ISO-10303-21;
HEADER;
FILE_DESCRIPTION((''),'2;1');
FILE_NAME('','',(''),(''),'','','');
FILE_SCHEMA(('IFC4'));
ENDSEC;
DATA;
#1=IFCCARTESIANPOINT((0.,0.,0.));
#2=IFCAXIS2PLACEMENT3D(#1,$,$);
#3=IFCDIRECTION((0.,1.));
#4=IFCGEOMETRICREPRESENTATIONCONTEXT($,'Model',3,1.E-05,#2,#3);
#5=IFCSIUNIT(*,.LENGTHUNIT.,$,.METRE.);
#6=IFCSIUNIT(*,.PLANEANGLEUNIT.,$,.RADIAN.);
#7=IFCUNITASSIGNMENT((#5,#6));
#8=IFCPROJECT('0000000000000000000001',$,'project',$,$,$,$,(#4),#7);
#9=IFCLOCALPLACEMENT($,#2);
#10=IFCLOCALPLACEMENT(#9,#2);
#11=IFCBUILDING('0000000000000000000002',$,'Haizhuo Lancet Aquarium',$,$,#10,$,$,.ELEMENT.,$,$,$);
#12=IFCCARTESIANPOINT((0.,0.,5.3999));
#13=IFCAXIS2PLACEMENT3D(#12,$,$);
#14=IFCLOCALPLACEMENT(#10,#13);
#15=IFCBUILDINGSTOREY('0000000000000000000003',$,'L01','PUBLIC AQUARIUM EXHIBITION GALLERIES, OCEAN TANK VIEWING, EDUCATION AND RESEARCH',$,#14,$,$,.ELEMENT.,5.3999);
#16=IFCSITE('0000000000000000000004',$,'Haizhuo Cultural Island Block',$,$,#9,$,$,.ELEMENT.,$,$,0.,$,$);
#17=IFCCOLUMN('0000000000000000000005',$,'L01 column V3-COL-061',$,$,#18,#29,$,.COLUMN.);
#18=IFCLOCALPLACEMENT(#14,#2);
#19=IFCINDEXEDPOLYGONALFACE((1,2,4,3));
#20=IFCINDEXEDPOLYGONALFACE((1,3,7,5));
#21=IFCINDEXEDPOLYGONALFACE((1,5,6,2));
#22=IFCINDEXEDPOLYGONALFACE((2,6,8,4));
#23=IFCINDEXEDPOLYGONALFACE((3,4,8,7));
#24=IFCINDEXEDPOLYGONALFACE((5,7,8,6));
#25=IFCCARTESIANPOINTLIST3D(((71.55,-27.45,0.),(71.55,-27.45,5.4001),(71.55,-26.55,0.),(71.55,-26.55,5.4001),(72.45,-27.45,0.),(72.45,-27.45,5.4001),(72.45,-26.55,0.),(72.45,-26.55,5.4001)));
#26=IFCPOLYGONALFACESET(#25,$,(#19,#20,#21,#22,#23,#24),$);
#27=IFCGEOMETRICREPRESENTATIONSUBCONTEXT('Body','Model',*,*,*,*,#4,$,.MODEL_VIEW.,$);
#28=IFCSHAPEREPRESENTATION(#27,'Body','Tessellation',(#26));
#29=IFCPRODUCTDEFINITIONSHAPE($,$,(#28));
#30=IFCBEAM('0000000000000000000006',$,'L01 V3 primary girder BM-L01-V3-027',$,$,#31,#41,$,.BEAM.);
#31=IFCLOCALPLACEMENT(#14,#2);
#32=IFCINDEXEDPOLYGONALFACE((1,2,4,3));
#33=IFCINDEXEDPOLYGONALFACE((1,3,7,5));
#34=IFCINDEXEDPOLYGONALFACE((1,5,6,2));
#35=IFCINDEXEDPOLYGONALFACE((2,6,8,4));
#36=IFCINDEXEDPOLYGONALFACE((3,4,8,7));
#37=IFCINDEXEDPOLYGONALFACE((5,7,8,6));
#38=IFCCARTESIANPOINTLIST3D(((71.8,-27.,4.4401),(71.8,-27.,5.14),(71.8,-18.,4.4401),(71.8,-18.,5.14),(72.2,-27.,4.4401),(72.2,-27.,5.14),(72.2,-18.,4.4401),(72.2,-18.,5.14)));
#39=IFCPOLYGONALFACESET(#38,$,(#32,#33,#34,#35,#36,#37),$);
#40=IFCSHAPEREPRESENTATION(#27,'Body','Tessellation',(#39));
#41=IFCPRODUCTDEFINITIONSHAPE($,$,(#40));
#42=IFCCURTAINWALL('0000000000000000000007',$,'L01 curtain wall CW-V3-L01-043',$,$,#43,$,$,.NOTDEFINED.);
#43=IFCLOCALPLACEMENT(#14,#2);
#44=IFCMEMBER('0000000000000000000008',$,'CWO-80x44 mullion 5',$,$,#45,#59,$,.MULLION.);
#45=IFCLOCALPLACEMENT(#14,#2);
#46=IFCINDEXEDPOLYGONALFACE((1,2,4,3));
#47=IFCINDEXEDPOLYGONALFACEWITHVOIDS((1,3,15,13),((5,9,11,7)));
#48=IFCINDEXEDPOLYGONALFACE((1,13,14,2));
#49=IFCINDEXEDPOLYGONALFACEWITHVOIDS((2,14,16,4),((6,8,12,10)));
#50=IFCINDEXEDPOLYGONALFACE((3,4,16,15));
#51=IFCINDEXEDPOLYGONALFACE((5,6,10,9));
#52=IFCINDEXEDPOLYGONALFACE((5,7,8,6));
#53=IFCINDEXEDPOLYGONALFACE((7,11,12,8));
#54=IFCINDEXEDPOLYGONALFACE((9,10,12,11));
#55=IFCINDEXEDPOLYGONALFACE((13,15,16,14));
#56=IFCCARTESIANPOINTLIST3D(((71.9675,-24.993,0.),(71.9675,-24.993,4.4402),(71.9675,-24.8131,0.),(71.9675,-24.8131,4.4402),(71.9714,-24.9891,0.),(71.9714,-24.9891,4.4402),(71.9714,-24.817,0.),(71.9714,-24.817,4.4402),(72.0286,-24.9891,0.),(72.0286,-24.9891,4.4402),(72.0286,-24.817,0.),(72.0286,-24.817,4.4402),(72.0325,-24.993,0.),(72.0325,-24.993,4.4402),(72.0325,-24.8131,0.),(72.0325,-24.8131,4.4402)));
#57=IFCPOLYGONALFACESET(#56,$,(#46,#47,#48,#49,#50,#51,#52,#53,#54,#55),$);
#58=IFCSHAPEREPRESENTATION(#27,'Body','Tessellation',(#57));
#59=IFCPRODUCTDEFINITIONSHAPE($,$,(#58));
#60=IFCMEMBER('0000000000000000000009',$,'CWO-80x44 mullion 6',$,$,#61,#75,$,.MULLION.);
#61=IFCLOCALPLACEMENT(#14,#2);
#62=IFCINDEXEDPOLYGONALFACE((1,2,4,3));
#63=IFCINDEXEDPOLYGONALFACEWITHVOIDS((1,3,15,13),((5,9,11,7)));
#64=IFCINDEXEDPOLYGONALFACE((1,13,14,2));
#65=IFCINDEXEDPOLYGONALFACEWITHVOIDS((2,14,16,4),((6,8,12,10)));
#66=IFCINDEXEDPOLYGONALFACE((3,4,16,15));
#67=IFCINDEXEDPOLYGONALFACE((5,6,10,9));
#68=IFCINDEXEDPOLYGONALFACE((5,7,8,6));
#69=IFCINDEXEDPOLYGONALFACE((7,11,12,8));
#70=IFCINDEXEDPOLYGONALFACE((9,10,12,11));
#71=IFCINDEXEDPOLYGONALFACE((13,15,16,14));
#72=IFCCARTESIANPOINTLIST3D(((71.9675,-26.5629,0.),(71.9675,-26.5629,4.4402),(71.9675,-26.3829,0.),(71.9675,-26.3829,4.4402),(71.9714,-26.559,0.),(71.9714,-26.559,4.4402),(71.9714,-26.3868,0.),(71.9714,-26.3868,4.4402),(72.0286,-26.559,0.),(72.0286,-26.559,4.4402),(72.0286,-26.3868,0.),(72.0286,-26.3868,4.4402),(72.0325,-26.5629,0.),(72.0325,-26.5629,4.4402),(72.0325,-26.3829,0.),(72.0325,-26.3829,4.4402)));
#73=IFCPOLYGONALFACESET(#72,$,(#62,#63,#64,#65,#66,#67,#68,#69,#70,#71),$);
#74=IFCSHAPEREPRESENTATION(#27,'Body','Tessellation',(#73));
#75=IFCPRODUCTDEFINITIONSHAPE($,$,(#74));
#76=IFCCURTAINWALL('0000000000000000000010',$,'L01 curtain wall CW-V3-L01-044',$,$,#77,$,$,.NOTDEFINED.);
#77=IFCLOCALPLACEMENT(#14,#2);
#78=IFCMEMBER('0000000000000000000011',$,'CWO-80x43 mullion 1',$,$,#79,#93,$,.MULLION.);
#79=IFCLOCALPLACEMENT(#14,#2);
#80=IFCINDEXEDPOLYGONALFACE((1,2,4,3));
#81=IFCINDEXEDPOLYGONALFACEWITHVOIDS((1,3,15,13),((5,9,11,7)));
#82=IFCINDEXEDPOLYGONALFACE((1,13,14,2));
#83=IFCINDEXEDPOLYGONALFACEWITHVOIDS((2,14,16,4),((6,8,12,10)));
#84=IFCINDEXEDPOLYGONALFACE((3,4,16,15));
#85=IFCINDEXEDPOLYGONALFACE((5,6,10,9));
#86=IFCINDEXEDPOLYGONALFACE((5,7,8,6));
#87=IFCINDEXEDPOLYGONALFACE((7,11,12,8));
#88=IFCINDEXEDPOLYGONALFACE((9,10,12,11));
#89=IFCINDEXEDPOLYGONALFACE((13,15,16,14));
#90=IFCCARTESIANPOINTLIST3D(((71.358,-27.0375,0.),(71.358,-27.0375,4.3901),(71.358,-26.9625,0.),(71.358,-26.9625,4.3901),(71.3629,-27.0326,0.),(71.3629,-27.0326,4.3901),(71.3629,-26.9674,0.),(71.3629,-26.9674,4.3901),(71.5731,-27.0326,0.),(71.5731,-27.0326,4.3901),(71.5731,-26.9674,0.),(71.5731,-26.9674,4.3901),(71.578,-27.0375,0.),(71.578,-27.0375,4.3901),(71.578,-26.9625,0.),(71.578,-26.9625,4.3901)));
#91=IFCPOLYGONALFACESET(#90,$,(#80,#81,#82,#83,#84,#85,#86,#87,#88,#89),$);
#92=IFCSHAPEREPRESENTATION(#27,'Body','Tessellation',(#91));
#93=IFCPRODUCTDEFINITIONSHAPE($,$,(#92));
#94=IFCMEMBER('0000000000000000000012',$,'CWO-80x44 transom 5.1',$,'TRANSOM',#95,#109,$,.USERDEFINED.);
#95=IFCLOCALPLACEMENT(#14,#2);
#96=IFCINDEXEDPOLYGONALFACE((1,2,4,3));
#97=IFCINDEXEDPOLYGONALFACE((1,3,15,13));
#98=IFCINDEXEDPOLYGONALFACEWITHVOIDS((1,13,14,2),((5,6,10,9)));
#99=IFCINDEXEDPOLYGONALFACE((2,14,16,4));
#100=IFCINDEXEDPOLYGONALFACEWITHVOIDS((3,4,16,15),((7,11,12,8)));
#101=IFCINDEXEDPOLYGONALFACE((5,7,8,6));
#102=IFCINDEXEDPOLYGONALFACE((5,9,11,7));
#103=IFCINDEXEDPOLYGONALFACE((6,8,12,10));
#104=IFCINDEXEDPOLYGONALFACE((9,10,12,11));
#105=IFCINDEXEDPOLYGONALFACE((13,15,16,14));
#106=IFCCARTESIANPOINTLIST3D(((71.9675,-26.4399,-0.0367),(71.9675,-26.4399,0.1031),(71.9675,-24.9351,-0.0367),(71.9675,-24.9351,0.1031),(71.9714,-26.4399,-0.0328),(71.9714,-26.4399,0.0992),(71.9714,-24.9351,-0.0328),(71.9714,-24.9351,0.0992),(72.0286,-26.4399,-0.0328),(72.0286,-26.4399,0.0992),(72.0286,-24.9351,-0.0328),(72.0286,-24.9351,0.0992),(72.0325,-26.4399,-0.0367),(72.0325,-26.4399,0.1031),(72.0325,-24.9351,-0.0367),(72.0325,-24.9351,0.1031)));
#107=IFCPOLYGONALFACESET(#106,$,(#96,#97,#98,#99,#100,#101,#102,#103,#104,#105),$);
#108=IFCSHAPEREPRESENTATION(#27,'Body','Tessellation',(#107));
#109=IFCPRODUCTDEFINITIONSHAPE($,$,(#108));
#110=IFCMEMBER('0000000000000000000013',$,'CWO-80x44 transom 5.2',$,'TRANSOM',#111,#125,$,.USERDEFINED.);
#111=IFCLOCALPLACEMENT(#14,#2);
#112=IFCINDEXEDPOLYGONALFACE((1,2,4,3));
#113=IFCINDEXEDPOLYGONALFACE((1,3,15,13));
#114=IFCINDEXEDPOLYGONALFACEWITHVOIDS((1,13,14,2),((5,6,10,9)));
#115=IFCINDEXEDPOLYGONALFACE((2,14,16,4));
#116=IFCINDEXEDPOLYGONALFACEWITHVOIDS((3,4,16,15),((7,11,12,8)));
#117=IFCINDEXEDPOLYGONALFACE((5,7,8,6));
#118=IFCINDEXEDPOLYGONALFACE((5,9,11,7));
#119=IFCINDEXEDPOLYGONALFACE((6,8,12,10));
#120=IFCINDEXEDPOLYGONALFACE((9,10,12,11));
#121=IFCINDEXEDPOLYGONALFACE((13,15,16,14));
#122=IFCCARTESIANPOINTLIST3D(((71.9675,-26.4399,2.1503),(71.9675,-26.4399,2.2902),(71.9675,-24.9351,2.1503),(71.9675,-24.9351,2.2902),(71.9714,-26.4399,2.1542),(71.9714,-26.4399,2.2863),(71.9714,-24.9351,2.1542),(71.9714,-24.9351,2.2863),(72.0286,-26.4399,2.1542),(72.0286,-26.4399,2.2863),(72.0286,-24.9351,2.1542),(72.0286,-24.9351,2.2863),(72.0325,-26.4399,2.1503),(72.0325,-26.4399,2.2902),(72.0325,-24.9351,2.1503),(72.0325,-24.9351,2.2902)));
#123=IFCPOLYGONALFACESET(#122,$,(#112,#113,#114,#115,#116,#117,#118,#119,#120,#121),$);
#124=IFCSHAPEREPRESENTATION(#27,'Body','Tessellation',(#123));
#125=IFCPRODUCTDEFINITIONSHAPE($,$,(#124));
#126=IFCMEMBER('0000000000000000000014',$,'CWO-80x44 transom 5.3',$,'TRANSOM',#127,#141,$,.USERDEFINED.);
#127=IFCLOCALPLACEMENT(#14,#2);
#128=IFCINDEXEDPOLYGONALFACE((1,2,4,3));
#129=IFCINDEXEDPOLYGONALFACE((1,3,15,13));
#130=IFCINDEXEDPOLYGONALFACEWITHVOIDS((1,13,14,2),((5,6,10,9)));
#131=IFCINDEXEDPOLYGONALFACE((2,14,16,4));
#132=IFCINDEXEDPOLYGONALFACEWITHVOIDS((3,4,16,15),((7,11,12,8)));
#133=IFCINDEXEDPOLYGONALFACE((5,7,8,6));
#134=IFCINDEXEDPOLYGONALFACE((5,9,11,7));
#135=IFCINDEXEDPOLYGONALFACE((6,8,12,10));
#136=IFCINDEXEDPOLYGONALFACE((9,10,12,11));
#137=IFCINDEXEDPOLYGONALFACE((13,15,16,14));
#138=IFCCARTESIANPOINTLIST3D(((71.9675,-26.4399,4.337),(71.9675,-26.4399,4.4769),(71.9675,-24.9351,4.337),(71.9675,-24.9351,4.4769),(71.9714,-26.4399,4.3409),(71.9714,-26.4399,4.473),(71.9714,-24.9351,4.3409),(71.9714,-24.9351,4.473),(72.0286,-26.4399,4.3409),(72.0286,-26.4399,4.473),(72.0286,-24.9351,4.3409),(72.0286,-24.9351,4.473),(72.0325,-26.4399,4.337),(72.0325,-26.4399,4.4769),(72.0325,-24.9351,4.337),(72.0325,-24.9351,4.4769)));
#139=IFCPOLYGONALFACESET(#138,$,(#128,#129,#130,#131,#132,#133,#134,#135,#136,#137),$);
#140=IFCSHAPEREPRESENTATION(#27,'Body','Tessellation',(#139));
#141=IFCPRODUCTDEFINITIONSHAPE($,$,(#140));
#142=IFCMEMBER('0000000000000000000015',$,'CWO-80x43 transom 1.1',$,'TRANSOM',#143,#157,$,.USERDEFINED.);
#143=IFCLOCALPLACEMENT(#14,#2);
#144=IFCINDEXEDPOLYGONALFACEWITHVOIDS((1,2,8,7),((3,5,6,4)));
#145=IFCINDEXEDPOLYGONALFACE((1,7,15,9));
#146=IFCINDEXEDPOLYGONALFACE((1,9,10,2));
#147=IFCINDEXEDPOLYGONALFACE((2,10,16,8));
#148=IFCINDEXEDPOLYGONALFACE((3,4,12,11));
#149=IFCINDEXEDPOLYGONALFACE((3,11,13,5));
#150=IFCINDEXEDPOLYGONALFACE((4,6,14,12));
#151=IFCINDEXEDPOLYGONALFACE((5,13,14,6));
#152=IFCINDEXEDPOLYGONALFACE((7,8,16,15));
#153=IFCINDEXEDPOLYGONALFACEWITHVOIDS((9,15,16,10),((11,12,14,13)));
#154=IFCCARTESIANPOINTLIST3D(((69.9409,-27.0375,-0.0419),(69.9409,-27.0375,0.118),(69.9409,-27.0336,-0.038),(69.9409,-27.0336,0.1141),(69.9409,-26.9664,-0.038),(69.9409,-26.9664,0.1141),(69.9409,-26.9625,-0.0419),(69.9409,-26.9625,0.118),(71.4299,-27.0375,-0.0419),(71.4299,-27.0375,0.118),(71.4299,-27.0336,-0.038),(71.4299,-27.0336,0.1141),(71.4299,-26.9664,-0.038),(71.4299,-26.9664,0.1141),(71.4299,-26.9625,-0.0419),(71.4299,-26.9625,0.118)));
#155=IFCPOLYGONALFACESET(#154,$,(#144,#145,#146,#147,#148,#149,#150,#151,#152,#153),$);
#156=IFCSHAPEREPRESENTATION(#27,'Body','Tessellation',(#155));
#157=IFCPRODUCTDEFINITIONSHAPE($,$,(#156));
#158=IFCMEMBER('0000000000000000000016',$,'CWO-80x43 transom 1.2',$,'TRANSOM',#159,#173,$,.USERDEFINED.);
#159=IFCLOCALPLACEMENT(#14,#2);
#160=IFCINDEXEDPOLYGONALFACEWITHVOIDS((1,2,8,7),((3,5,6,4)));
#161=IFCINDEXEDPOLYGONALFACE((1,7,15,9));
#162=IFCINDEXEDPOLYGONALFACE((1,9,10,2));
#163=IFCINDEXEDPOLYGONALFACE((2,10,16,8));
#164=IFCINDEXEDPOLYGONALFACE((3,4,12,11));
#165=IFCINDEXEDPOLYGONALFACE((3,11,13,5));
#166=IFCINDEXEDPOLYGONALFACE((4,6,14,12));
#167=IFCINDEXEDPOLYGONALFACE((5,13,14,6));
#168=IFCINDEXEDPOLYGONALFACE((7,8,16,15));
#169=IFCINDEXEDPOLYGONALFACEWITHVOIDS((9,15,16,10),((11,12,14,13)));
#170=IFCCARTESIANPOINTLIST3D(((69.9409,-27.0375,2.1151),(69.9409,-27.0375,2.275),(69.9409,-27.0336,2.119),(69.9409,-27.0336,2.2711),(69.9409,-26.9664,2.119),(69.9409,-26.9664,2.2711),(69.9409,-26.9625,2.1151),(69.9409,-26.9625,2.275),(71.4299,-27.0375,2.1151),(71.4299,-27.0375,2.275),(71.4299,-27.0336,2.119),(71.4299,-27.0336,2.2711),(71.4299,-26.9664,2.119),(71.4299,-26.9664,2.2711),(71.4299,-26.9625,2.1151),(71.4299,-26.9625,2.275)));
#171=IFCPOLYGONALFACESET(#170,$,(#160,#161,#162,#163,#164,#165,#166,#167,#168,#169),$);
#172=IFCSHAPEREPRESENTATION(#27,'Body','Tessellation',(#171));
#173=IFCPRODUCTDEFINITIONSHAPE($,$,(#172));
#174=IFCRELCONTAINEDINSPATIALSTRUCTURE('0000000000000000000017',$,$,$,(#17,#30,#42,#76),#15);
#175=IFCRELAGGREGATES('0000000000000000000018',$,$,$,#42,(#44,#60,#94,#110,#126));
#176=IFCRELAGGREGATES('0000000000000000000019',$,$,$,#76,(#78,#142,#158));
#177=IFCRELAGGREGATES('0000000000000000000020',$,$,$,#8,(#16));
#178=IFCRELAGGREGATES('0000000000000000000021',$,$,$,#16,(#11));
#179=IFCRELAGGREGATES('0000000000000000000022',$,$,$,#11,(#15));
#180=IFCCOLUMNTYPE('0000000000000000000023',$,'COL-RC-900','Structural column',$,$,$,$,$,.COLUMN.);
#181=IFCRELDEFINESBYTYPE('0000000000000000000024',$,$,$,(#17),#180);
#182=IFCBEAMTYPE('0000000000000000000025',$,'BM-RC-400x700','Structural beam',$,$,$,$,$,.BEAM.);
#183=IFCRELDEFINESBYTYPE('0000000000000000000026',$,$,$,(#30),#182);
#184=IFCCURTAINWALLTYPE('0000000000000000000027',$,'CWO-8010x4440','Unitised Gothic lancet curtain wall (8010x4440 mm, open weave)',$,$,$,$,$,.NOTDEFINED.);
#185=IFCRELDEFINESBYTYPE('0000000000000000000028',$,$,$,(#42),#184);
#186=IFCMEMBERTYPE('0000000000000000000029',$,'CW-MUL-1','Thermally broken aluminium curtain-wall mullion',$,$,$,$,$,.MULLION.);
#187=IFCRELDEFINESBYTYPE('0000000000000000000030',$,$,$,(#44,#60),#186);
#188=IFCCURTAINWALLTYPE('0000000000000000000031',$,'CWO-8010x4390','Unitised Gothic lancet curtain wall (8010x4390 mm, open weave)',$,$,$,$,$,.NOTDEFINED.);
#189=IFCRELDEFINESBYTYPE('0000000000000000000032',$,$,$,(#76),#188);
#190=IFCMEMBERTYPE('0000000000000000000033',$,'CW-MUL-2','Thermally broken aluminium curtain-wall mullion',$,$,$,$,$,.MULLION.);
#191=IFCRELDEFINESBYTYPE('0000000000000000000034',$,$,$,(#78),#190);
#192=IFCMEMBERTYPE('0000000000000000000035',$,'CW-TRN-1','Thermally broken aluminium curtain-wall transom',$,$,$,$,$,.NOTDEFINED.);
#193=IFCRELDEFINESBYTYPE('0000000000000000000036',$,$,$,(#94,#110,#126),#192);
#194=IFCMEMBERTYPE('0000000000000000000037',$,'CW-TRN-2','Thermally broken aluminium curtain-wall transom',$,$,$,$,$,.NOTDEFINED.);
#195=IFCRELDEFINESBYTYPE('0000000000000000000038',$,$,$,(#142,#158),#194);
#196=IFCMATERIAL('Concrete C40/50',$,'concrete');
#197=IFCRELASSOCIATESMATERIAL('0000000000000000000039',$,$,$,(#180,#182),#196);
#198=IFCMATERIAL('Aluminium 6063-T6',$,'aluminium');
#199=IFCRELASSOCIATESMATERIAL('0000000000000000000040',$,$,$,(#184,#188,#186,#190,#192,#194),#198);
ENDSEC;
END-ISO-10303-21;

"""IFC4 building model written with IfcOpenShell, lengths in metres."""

from ifc_helpers import new_model, si_unit, direction, frame, origin, origin_2d, place, context, subcontext, project, spatial, rectangle, hollow_rectangle, extrude, material, material_profile, profile_set, type_object, element, aggregate, save


model = new_model("IFC4")

# Units and contexts
model_context = context("Model", 3, precision=1e-05, world=origin(), true_north=direction((0.0, 1.0)))
body_context = subcontext(model_context, "Body", "Model", "MODEL_VIEW")
ifc_project = project(units=[si_unit("LENGTHUNIT", "METRE"), si_unit("PLANEANGLEUNIT", "RADIAN")], contexts=[model_context])

# Site, building, storey
site_placement = place(None, origin())
site = spatial("IfcSite", under=ifc_project, at=site_placement, Name="Haizhuo Cultural Island Block", CompositionType="ELEMENT", RefElevation=0.0)
building_placement = place(site_placement, origin())
building = spatial("IfcBuilding", under=site, at=building_placement, Name="Haizhuo Lancet Aquarium", CompositionType="ELEMENT")
storey_placement = place(building_placement, frame((0.0, 0.0, 5.3999)))
storey = spatial("IfcBuildingStorey", under=building, at=storey_placement, Name="L01", Description="PUBLIC AQUARIUM EXHIBITION GALLERIES, OCEAN TANK VIEWING, EDUCATION AND RESEARCH", CompositionType="ELEMENT", Elevation=5.3999)

# Column
ifc_material_1 = material(Name="Concrete C40/50", Category="concrete")
ifc_material_profile_1 = material_profile(ifc_material_1, rectangle(XDim=0.8999, YDim=0.8999, at=origin_2d()), Name="RC-COL 900x900")
ifc_profile_set_1 = profile_set([ifc_material_profile_1], Name="Concrete C40/50")
column_type = type_object("IfcColumnType", Name="COL-RC-900", Description="Structural column", PredefinedType="COLUMN", material=ifc_profile_set_1)
column_placement = place(storey_placement, frame((72.0, -27.0, 0.0), z_axis=(0.0, 0.0, 1.0), x_axis=(1.0, 0.0, 0.0)))
element("IfcColumn", 1, at=column_placement, inside=storey, type_object=column_type, Name="L01 column V3-COL-061", PredefinedType="COLUMN", context=body_context, shape_type="SweptSolid", body=[
    extrude(rectangle(XDim=0.8999, YDim=0.8999, at=origin_2d()), origin(), (0.0, 0.0, 1.0), 5.4001),
])

# Beam
ifc_material_profile_2 = material_profile(ifc_material_1, rectangle(XDim=0.3999, YDim=0.7, at=origin_2d()), Name="RC-BM 400x700")
ifc_profile_set_2 = profile_set([ifc_material_profile_2], Name="Concrete C40/50")
beam_type = type_object("IfcBeamType", Name="BM-RC-400x700", Description="Structural beam", PredefinedType="BEAM", material=ifc_profile_set_2)
beam_placement = place(storey_placement, frame((72.0, -27.0, 4.79), z_axis=(0.0, 1.0, 0.0), x_axis=(-1.0, 0.0, 0.0)))
element("IfcBeam", 2, at=beam_placement, inside=storey, type_object=beam_type, Name="L01 V3 primary girder BM-L01-V3-027", PredefinedType="BEAM", context=body_context, shape_type="SweptSolid", body=[
    extrude(rectangle(XDim=0.3999, YDim=0.7, at=origin_2d()), origin(), (0.0, 0.0, 1.0), 9.0),
])

# Curtain wall, members
ifc_material_2 = material(Name="Aluminium 6063-T6", Category="aluminium")
curtain_wall_type_1 = type_object("IfcCurtainWallType", Name="CWO-8010x4440", Description="Unitised Gothic lancet curtain wall (8010x4440 mm, open weave)", PredefinedType="NOTDEFINED", material=ifc_material_2)
curtain_wall_1_placement = place(storey_placement, origin())
curtain_wall_1 = element("IfcCurtainWall", 3, at=curtain_wall_1_placement, inside=storey, type_object=curtain_wall_type_1, Name="L01 curtain wall CW-V3-L01-043", PredefinedType="NOTDEFINED")
ifc_material_profile_3 = material_profile(ifc_material_2, hollow_rectangle(XDim=0.0649, YDim=0.1799, WallThickness=0.0039, at=origin_2d()), Name="ALU-M 65x180x4")
ifc_profile_set_3 = profile_set([ifc_material_profile_3], Name="Aluminium 6063-T6")
member_type_1 = type_object("IfcMemberType", Name="CW-MUL-1", Description="Thermally broken aluminium curtain-wall mullion", PredefinedType="MULLION", material=ifc_profile_set_3)
member_1_placement = place(storey_placement, frame((72.0, -24.9031, 0.0), z_axis=(0.0, 0.0, 1.0), x_axis=(1.0, 0.0, 0.0)))
member_1 = element("IfcMember", 4, at=member_1_placement, type_object=member_type_1, Name="CWO-80x44 mullion 5", PredefinedType="MULLION", context=body_context, shape_type="SweptSolid", body=[
    extrude(hollow_rectangle(XDim=0.0649, YDim=0.1799, WallThickness=0.0039, at=origin_2d()), origin(), (0.0, 0.0, 1.0), 4.4402),
])
member_2_placement = place(storey_placement, frame((72.0, -26.4729, 0.0), z_axis=(0.0, 0.0, 1.0), x_axis=(1.0, 0.0, 0.0)))
member_2 = element("IfcMember", 5, at=member_2_placement, type_object=member_type_1, Name="CWO-80x44 mullion 6", PredefinedType="MULLION", context=body_context, shape_type="SweptSolid", body=[
    extrude(hollow_rectangle(XDim=0.0649, YDim=0.1799, WallThickness=0.0039, at=origin_2d()), origin(), (0.0, 0.0, 1.0), 4.4402),
])

# Curtain wall, member
curtain_wall_type_2 = type_object("IfcCurtainWallType", Name="CWO-8010x4390", Description="Unitised Gothic lancet curtain wall (8010x4390 mm, open weave)", PredefinedType="NOTDEFINED", material=ifc_material_2)
curtain_wall_2_placement = place(storey_placement, origin())
curtain_wall_2 = element("IfcCurtainWall", 6, at=curtain_wall_2_placement, inside=storey, type_object=curtain_wall_type_2, Name="L01 curtain wall CW-V3-L01-044", PredefinedType="NOTDEFINED")
ifc_material_profile_4 = material_profile(ifc_material_2, hollow_rectangle(XDim=0.075, YDim=0.22, WallThickness=0.0049, at=origin_2d()), Name="ALU-M 75x220x5")
ifc_profile_set_4 = profile_set([ifc_material_profile_4], Name="Aluminium 6063-T6")
member_type_2 = type_object("IfcMemberType", Name="CW-MUL-2", Description="Thermally broken aluminium curtain-wall mullion", PredefinedType="MULLION", material=ifc_profile_set_4)
member_3_placement = place(storey_placement, frame((71.468, -27.0, 0.0), z_axis=(0.0, 0.0, 1.0), x_axis=(0.0, -1.0, 0.0)))
member_3 = element("IfcMember", 7, at=member_3_placement, type_object=member_type_2, Name="CWO-80x43 mullion 1", PredefinedType="MULLION", context=body_context, shape_type="SweptSolid", body=[
    extrude(hollow_rectangle(XDim=0.075, YDim=0.22, WallThickness=0.0049, at=origin_2d()), origin(), (0.0, 0.0, 1.0), 4.3901),
])

# Members
ifc_material_profile_5 = material_profile(ifc_material_2, hollow_rectangle(XDim=0.0649, YDim=0.1399, WallThickness=0.0039, at=origin_2d()), Name="ALU-T 65x140x4")
ifc_profile_set_5 = profile_set([ifc_material_profile_5], Name="Aluminium 6063-T6")
member_type_3 = type_object("IfcMemberType", Name="CW-TRN-1", Description="Thermally broken aluminium curtain-wall transom", PredefinedType="NOTDEFINED", material=ifc_profile_set_5)
member_4_placement = place(storey_placement, frame((72.0, -24.9351, 0.0332), z_axis=(0.0, -1.0, 0.0), x_axis=(1.0, 0.0, 0.0)))
member_4 = element("IfcMember", 8, at=member_4_placement, type_object=member_type_3, Name="CWO-80x44 transom 5.1", ObjectType="TRANSOM", PredefinedType="USERDEFINED", context=body_context, shape_type="SweptSolid", body=[
    extrude(hollow_rectangle(XDim=0.0649, YDim=0.1399, WallThickness=0.0039, at=origin_2d()), origin(), (0.0, 0.0, 1.0), 1.5049),
])
member_5_placement = place(storey_placement, frame((72.0, -24.9351, 2.2202), z_axis=(0.0, -1.0, 0.0), x_axis=(1.0, 0.0, 0.0)))
member_5 = element("IfcMember", 9, at=member_5_placement, type_object=member_type_3, Name="CWO-80x44 transom 5.2", ObjectType="TRANSOM", PredefinedType="USERDEFINED", context=body_context, shape_type="SweptSolid", body=[
    extrude(hollow_rectangle(XDim=0.0649, YDim=0.1399, WallThickness=0.0039, at=origin_2d()), origin(), (0.0, 0.0, 1.0), 1.5049),
])
member_6_placement = place(storey_placement, frame((72.0, -24.9351, 4.407), z_axis=(0.0, -1.0, 0.0), x_axis=(1.0, 0.0, 0.0)))
member_6 = element("IfcMember", 10, at=member_6_placement, type_object=member_type_3, Name="CWO-80x44 transom 5.3", ObjectType="TRANSOM", PredefinedType="USERDEFINED", context=body_context, shape_type="SweptSolid", body=[
    extrude(hollow_rectangle(XDim=0.0649, YDim=0.1399, WallThickness=0.0039, at=origin_2d()), origin(), (0.0, 0.0, 1.0), 1.5049),
])
ifc_material_profile_6 = material_profile(ifc_material_2, hollow_rectangle(XDim=0.075, YDim=0.1599, WallThickness=0.0039, at=origin_2d()), Name="ALU-T 75x160x4")
ifc_profile_set_6 = profile_set([ifc_material_profile_6], Name="Aluminium 6063-T6")
member_type_4 = type_object("IfcMemberType", Name="CW-TRN-2", Description="Thermally broken aluminium curtain-wall transom", PredefinedType="NOTDEFINED", material=ifc_profile_set_6)
member_7_placement = place(storey_placement, frame((71.4299, -27.0, 0.0381), z_axis=(-1.0, 0.0, 0.0), x_axis=(0.0, -1.0, 0.0)))
member_7 = element("IfcMember", 11, at=member_7_placement, type_object=member_type_4, Name="CWO-80x43 transom 1.1", ObjectType="TRANSOM", PredefinedType="USERDEFINED", context=body_context, shape_type="SweptSolid", body=[
    extrude(hollow_rectangle(XDim=0.075, YDim=0.1599, WallThickness=0.0039, at=origin_2d()), origin(), (0.0, 0.0, 1.0), 1.489),
])
member_8_placement = place(storey_placement, frame((71.4299, -27.0, 2.1951), z_axis=(-1.0, 0.0, 0.0), x_axis=(0.0, -1.0, 0.0)))
member_8 = element("IfcMember", 12, at=member_8_placement, type_object=member_type_4, Name="CWO-80x43 transom 1.2", ObjectType="TRANSOM", PredefinedType="USERDEFINED", context=body_context, shape_type="SweptSolid", body=[
    extrude(hollow_rectangle(XDim=0.075, YDim=0.1599, WallThickness=0.0039, at=origin_2d()), origin(), (0.0, 0.0, 1.0), 1.489),
])

aggregate(curtain_wall_1, [member_1, member_2, member_4, member_5, member_6])
aggregate(curtain_wall_2, [member_3, member_7, member_8])

save(model, "model.ifc")
